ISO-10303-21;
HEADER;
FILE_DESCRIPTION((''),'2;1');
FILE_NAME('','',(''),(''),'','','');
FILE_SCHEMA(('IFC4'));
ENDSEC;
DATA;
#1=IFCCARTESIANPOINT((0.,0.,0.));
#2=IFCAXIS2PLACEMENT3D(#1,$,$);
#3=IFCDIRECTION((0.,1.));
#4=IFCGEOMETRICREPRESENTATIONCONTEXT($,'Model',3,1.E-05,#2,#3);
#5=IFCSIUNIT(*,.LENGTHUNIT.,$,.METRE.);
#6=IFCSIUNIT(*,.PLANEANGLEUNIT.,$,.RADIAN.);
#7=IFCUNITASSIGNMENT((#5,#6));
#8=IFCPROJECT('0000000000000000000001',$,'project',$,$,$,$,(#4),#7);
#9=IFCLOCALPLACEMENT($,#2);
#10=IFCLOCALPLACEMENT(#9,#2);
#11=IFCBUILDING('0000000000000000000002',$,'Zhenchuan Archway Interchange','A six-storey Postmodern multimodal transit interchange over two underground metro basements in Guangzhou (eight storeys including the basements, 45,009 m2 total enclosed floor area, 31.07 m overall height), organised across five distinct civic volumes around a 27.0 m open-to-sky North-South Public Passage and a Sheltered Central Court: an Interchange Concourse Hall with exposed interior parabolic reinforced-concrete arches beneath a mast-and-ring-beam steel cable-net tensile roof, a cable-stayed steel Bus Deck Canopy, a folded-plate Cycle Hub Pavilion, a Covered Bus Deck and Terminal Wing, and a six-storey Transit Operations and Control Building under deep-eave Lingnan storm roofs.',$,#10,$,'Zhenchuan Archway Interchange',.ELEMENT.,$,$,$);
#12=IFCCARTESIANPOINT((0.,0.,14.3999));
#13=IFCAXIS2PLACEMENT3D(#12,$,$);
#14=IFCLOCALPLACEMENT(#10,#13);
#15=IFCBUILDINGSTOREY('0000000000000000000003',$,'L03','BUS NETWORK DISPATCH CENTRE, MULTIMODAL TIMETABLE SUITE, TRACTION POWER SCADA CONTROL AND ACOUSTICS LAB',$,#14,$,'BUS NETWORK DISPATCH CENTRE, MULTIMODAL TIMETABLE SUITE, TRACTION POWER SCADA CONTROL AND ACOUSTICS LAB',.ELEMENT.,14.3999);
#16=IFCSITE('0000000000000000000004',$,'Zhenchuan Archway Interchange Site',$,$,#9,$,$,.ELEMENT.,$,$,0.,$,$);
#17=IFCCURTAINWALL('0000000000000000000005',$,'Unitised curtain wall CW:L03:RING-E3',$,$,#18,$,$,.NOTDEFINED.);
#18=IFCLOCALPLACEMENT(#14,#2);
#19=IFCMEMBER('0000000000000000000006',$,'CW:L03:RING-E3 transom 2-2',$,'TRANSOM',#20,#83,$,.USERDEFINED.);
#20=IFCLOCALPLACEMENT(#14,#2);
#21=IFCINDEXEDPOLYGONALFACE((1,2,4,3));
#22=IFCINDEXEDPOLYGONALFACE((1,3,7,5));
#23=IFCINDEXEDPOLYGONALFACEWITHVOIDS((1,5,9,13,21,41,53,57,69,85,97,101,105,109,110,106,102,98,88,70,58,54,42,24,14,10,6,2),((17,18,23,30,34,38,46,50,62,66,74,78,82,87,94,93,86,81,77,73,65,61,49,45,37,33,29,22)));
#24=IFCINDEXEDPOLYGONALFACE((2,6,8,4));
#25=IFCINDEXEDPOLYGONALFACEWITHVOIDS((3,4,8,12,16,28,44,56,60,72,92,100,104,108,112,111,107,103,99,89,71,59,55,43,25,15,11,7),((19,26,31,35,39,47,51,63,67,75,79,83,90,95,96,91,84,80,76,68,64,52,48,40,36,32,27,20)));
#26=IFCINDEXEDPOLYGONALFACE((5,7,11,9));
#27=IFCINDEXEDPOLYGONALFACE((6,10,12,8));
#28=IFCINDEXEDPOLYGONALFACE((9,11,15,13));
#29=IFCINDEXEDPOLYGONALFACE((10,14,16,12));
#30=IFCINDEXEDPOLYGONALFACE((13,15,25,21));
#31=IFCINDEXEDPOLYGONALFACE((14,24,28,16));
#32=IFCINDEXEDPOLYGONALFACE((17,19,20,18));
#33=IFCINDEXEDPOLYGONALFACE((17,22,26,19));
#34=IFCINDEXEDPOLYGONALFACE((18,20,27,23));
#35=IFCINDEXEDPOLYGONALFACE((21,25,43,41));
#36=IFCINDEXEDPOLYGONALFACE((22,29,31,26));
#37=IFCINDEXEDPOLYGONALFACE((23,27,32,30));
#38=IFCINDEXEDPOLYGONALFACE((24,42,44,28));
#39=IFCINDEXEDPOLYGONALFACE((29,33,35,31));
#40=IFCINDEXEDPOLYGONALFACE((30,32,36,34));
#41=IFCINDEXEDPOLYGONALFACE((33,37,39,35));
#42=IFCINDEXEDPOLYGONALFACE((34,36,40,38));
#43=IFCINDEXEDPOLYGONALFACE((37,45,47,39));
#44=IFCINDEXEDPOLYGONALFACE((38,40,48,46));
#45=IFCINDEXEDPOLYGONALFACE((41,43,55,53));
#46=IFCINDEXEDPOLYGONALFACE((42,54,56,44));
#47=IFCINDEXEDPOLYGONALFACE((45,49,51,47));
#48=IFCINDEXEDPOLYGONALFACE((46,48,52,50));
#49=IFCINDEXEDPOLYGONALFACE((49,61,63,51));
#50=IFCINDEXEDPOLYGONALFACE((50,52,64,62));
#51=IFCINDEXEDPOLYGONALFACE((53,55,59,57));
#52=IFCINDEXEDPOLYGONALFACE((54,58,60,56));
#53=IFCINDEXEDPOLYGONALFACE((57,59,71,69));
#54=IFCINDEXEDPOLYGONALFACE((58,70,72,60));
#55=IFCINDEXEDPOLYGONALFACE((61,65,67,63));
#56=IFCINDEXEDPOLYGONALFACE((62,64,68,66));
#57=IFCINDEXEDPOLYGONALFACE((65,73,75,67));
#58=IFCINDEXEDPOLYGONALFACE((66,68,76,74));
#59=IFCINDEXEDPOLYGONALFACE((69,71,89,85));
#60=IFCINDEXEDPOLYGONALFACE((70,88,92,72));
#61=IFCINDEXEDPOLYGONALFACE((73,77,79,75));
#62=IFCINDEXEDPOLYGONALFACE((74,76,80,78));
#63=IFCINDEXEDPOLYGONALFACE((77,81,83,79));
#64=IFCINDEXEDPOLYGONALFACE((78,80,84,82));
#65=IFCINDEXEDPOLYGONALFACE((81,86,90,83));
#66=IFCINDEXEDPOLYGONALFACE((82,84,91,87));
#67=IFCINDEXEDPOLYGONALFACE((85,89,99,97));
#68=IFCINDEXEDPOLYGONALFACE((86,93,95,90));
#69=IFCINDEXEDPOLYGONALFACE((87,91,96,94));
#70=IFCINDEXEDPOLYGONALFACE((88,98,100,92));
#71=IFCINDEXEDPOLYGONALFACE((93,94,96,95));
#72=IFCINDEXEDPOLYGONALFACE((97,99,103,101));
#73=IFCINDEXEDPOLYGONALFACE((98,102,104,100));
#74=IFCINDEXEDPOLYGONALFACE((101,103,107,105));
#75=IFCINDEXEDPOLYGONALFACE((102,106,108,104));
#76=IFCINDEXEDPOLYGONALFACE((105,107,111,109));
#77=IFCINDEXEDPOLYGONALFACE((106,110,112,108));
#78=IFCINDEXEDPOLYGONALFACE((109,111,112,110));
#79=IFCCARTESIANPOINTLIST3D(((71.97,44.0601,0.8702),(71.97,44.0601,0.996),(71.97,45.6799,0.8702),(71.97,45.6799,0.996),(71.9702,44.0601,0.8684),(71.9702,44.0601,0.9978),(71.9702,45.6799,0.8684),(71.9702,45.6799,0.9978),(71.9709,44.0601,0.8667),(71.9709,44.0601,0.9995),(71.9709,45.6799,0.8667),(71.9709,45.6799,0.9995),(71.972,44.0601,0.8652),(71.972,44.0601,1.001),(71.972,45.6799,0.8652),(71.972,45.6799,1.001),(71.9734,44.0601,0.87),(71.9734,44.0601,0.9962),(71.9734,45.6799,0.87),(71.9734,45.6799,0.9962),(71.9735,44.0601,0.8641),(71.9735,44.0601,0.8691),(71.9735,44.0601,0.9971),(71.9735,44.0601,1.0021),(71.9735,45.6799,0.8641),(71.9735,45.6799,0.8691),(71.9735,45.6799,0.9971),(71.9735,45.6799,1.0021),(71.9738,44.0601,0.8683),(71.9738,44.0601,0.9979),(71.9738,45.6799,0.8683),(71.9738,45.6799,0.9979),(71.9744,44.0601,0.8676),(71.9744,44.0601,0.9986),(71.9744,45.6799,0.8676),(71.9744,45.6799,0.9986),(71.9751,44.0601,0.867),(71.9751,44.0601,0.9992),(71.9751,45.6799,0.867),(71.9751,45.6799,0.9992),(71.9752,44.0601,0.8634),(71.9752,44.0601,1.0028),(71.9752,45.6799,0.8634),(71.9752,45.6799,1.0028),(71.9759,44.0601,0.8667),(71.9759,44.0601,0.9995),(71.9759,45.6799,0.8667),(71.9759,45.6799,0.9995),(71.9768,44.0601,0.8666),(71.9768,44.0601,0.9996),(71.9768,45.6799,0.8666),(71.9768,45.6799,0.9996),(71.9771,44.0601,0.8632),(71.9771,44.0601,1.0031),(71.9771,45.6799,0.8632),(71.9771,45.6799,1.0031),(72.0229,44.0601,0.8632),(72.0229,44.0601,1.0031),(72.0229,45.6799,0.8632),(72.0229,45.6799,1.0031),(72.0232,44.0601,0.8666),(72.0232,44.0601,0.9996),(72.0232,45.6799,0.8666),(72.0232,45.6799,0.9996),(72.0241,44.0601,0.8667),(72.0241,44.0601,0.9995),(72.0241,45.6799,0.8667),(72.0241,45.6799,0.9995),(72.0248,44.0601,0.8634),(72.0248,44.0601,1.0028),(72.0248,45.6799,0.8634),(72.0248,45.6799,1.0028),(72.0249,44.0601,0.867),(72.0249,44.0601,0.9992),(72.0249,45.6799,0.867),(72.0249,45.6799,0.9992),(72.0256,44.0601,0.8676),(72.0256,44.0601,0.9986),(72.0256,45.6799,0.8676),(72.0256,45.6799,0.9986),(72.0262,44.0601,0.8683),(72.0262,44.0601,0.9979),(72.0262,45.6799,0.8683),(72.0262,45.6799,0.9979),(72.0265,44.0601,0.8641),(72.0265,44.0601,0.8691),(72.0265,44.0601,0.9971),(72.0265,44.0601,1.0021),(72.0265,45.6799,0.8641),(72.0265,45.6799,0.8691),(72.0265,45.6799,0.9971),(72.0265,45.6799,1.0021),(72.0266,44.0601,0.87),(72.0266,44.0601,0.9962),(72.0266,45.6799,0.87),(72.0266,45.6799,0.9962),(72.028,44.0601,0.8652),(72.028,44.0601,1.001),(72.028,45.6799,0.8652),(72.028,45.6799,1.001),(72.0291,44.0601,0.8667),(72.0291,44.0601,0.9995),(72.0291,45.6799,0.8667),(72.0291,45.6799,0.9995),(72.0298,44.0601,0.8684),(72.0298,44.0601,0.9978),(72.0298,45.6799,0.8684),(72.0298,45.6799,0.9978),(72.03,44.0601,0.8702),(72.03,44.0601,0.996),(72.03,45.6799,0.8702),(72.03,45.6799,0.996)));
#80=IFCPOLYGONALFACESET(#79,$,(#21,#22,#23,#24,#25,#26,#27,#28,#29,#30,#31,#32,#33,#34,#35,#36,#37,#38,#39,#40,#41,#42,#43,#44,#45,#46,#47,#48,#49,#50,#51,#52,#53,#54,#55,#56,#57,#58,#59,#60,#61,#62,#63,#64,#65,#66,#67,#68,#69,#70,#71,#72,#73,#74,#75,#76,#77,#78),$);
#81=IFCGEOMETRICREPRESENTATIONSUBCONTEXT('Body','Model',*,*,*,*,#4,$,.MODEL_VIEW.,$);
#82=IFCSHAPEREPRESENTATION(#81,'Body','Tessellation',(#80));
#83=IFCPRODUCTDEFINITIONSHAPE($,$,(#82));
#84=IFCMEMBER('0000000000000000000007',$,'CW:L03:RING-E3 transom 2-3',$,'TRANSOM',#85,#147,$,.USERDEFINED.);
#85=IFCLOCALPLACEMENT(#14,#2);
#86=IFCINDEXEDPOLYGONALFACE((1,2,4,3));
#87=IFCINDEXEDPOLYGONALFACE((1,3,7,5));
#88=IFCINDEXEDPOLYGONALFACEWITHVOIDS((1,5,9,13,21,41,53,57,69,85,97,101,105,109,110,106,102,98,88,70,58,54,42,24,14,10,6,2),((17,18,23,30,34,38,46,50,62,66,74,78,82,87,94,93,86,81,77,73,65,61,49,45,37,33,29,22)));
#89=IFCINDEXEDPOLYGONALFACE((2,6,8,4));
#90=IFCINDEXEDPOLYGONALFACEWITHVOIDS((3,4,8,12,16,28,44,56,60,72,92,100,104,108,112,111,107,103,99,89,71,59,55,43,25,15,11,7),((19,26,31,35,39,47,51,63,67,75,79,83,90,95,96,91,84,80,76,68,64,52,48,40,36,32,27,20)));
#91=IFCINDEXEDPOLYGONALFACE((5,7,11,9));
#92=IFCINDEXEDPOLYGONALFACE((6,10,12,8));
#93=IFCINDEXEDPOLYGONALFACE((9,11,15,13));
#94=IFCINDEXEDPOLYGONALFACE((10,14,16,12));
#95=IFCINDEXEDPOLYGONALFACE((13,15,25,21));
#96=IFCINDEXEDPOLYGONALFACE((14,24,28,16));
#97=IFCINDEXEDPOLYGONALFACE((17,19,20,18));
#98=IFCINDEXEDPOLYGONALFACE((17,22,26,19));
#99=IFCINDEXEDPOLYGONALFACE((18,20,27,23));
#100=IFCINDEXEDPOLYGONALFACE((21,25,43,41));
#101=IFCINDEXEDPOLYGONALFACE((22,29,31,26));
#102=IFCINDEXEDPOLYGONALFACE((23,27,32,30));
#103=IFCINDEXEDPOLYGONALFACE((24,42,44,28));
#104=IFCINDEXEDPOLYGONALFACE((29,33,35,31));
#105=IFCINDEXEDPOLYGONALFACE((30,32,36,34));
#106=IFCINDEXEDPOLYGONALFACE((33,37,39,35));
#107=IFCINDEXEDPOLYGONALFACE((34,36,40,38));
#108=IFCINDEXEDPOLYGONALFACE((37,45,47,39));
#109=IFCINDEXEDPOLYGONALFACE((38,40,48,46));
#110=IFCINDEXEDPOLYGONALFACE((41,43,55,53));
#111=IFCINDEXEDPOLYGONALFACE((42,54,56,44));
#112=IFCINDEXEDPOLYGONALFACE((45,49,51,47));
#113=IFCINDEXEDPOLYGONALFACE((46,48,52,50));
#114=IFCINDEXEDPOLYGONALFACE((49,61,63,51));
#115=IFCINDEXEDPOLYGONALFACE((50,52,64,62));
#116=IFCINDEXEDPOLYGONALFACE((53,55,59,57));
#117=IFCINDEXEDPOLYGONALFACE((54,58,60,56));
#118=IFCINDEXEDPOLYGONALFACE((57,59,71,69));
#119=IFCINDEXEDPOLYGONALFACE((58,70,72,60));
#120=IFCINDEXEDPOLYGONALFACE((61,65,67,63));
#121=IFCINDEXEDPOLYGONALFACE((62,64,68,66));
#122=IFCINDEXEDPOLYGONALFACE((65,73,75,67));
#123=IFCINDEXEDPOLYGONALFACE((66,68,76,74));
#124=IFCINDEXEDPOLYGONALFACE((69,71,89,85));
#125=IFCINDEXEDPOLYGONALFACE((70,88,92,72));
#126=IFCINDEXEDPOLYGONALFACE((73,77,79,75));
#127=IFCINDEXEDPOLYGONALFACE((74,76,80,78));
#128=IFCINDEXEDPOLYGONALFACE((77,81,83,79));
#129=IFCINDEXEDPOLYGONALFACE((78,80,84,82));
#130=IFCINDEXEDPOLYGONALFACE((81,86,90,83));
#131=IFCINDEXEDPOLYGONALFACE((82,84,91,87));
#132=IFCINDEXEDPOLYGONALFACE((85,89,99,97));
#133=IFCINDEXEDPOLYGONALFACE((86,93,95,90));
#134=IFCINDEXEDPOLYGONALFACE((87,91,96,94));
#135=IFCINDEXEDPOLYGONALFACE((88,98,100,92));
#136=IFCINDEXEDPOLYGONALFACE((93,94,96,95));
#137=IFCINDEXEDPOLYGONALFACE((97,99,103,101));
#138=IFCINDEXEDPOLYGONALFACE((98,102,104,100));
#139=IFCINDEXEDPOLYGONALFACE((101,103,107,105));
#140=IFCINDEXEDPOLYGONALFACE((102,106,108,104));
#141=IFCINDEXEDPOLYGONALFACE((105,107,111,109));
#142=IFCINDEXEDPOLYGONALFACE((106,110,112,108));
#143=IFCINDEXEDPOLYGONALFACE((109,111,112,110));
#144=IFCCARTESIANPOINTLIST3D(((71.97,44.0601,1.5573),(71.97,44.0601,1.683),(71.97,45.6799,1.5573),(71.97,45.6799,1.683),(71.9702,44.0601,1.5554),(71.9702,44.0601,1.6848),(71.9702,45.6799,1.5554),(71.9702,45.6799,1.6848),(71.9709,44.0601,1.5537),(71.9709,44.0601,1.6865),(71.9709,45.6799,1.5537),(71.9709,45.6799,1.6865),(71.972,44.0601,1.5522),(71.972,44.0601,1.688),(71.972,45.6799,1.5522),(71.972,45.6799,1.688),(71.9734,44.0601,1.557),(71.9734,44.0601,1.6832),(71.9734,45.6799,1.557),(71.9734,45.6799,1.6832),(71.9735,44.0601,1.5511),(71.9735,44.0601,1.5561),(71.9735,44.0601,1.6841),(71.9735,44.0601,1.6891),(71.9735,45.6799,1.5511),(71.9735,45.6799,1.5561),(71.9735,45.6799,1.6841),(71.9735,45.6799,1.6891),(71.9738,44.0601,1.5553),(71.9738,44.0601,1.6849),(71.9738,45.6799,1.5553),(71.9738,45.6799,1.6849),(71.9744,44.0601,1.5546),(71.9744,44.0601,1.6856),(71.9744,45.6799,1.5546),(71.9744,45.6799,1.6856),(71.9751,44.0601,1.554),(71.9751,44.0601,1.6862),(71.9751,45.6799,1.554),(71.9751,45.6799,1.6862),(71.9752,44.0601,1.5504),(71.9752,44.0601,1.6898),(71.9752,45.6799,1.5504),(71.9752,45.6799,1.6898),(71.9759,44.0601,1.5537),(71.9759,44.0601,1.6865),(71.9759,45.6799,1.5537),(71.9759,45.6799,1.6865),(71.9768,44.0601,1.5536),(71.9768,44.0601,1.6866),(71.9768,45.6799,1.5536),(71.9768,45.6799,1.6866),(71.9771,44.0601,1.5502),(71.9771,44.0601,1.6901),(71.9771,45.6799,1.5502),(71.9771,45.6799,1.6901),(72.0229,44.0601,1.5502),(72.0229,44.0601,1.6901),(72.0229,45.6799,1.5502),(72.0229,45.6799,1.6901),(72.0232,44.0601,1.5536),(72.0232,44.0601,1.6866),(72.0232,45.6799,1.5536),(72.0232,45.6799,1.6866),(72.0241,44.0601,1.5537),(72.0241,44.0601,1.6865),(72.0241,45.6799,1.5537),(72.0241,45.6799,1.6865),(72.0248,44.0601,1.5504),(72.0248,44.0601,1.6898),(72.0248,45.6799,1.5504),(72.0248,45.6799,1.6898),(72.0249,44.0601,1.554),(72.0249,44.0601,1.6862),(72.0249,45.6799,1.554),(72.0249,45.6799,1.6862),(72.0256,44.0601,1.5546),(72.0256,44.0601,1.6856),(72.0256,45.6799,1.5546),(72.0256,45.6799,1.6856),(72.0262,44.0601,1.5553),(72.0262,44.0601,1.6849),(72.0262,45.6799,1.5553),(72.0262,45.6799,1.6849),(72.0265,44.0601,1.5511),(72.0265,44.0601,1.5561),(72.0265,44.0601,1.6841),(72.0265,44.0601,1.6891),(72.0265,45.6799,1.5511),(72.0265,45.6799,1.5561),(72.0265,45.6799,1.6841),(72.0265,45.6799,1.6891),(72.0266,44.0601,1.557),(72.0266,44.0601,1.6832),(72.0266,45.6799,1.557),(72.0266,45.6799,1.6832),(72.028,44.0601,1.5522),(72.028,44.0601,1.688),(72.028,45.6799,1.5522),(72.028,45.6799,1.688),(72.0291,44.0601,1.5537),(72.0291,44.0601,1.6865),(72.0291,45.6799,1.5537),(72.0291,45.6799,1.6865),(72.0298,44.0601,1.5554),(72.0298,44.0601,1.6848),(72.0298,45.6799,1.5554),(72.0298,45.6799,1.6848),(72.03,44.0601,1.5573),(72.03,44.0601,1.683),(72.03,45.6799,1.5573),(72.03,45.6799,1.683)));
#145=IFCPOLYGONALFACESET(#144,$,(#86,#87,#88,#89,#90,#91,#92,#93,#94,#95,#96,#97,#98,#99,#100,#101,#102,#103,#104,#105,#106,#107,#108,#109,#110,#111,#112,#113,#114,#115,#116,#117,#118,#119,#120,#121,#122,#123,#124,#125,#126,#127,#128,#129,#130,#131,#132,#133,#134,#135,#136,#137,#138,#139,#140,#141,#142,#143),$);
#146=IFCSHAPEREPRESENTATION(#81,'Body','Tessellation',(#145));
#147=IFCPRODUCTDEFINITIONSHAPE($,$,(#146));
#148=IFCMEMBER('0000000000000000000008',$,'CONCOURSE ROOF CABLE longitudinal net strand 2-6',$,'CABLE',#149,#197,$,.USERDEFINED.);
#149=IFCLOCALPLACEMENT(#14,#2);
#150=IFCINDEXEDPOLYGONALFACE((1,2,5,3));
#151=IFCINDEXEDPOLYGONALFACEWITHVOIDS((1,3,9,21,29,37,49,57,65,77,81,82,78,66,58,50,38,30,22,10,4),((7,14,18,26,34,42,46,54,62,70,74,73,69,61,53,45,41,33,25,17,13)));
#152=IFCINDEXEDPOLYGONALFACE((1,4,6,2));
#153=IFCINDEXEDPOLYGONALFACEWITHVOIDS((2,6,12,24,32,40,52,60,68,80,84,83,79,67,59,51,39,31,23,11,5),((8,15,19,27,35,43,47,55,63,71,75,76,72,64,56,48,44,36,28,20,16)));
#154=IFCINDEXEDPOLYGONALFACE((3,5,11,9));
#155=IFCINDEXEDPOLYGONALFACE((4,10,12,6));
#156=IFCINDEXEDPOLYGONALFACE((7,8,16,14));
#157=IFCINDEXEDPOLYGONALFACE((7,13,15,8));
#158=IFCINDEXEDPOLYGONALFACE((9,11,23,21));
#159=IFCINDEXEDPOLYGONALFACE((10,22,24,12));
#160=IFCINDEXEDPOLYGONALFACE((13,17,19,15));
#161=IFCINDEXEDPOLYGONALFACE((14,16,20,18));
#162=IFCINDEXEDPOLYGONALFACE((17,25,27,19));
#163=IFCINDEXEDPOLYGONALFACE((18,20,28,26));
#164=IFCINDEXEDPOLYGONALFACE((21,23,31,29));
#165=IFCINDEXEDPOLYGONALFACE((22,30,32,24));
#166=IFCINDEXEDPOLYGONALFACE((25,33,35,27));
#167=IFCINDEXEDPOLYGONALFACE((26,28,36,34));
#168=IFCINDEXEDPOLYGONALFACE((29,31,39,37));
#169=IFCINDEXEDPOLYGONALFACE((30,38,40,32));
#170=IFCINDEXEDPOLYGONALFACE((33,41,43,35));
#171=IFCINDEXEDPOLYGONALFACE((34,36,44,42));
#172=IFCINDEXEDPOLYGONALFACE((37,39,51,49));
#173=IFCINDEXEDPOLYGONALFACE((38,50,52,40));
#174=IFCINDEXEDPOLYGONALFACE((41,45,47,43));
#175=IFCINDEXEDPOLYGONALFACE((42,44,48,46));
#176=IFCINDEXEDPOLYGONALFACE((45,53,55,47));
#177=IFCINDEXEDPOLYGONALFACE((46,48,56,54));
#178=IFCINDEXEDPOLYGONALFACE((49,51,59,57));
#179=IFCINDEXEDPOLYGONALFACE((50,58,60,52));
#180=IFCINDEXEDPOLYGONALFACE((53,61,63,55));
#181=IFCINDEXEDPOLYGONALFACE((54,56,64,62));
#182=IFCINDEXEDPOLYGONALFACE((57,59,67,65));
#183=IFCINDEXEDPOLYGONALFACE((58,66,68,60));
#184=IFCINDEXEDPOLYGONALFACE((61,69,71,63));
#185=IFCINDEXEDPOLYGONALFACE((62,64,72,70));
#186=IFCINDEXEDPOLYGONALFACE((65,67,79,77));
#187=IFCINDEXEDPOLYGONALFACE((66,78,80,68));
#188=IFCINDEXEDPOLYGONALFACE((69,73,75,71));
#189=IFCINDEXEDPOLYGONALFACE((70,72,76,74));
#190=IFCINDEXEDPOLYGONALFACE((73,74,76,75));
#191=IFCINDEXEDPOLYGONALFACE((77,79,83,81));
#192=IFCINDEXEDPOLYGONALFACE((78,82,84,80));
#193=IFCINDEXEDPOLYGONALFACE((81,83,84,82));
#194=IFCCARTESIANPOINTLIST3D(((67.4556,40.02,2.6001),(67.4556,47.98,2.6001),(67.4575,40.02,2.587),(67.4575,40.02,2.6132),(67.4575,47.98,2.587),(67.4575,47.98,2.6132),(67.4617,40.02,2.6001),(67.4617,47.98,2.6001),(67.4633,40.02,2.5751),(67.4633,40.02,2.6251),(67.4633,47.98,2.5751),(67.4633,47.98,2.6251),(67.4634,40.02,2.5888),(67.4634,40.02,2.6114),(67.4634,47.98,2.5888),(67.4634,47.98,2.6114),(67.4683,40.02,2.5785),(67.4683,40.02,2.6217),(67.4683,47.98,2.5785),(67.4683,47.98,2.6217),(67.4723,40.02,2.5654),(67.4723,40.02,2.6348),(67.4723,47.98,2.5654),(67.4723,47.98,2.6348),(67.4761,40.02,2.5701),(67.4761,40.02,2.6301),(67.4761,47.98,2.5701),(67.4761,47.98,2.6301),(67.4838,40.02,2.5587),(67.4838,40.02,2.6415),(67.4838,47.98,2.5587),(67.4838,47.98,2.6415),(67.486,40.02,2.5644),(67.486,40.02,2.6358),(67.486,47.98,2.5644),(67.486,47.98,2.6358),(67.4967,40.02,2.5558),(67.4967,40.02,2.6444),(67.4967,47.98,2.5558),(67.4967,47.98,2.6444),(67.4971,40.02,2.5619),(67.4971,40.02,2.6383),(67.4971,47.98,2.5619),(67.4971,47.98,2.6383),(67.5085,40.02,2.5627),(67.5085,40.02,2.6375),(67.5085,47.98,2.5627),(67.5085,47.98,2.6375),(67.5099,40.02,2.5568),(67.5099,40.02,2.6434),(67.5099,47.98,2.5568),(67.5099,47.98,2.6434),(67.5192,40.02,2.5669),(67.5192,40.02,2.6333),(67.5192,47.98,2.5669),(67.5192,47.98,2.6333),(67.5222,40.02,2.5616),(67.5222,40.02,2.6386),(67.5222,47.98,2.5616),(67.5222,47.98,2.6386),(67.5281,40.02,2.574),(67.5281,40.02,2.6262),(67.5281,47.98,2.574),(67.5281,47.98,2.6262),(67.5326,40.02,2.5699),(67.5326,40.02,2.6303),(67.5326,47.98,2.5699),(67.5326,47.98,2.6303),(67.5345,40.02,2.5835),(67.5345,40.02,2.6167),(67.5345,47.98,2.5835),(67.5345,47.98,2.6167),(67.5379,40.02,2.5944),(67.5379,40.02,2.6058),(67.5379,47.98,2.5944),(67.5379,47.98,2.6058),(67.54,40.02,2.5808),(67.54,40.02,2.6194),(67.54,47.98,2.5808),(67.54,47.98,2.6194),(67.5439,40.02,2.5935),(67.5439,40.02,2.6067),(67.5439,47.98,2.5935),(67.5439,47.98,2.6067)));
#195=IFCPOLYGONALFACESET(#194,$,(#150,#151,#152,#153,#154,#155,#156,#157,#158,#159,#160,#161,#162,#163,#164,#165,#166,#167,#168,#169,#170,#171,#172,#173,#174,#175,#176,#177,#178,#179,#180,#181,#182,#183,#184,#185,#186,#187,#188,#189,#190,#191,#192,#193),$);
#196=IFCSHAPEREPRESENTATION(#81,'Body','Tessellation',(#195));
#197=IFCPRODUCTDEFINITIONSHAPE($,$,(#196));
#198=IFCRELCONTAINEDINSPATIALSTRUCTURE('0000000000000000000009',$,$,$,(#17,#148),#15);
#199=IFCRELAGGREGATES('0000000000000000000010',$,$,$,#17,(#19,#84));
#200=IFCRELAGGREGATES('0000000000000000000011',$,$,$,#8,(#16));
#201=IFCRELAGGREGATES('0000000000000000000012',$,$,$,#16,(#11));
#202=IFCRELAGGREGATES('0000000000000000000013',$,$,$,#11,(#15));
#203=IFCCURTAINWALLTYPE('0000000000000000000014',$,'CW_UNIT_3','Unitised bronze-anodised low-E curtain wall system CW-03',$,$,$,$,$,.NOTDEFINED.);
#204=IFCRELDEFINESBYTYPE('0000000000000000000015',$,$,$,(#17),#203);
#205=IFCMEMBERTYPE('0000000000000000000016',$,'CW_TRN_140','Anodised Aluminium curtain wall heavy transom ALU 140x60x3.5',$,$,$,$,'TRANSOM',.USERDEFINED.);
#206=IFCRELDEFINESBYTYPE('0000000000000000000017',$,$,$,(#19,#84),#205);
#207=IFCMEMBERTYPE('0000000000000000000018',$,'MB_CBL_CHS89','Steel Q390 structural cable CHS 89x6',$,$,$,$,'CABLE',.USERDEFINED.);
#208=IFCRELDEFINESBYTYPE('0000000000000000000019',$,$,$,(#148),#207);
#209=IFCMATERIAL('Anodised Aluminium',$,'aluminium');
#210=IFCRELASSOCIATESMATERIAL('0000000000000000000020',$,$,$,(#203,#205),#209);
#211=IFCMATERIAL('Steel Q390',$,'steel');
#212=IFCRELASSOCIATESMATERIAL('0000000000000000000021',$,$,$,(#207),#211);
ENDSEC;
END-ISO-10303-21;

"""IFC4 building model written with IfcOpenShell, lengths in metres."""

from ifc_helpers import new_model, si_unit, direction, frame, origin, origin_2d, place, context, subcontext, project, spatial, hollow_rectangle, hollow_circle, extrude, material, material_profile, profile_set, type_object, element, aggregate, save


model = new_model("IFC4")

# Units and contexts
model_context = context("Model", 3, precision=1e-05, world=origin(), true_north=direction((0.0, 1.0)))
body_context = subcontext(model_context, "Body", "Model", "MODEL_VIEW")
ifc_project = project(units=[si_unit("LENGTHUNIT", "METRE"), si_unit("PLANEANGLEUNIT", "RADIAN")], contexts=[model_context])

# Site, building, storey
site_placement = place(None, origin())
site = spatial("IfcSite", under=ifc_project, at=site_placement, Name="Zhenchuan Archway Interchange Site", CompositionType="ELEMENT", RefElevation=0.0)
building_placement = place(site_placement, origin())
building = spatial("IfcBuilding", under=site, at=building_placement, Name="Zhenchuan Archway Interchange", Description="A six-storey Postmodern multimodal transit interchange over two underground metro basements in Guangzhou (eight storeys including the basements, 45,009 m2 total enclosed floor area, 31.07 m overall height), organised across five distinct civic volumes around a 27.0 m open-to-sky North-South Public Passage and a Sheltered Central Court: an Interchange Concourse Hall with exposed interior parabolic reinforced-concrete arches beneath a mast-and-ring-beam steel cable-net tensile roof, a cable-stayed steel Bus Deck Canopy, a folded-plate Cycle Hub Pavilion, a Covered Bus Deck and Terminal Wing, and a six-storey Transit Operations and Control Building under deep-eave Lingnan storm roofs.", LongName="Zhenchuan Archway Interchange", CompositionType="ELEMENT")
storey_placement = place(building_placement, frame((0.0, 0.0, 14.3999)))
storey = spatial("IfcBuildingStorey", under=building, at=storey_placement, Name="L03", Description="BUS NETWORK DISPATCH CENTRE, MULTIMODAL TIMETABLE SUITE, TRACTION POWER SCADA CONTROL AND ACOUSTICS LAB", LongName="BUS NETWORK DISPATCH CENTRE, MULTIMODAL TIMETABLE SUITE, TRACTION POWER SCADA CONTROL AND ACOUSTICS LAB", CompositionType="ELEMENT", Elevation=14.3999)

# Shared definitions
ifc_material_1 = material(Name="Steel Q390", Category="steel")

# Curtain wall
ifc_material_2 = material(Name="Anodised Aluminium", Category="aluminium")
curtain_wall_type = type_object("IfcCurtainWallType", Name="CW_UNIT_3", Description="Unitised bronze-anodised low-E curtain wall system CW-03", PredefinedType="NOTDEFINED", material=ifc_material_2)
curtain_wall_1_placement = place(storey_placement, origin())
curtain_wall_1 = element("IfcCurtainWall", 1, at=curtain_wall_1_placement, inside=storey, type_object=curtain_wall_type, Name="Unitised curtain wall CW:L03:RING-E3", PredefinedType="NOTDEFINED")

# Members
ifc_material_profile_1 = material_profile(ifc_material_2, hollow_rectangle(XDim=0.0601, YDim=0.1399, WallThickness=0.0034, InnerFilletRadius=0.0034, OuterFilletRadius=0.0071, at=origin_2d()), Name="ALU 140x60x3.5")
ifc_profile_set_1 = profile_set([ifc_material_profile_1], Name="Anodised Aluminium")
member_type_1 = type_object("IfcMemberType", Name="CW_TRN_140", Description="Anodised Aluminium curtain wall heavy transom ALU 140x60x3.5", ElementType="TRANSOM", PredefinedType="USERDEFINED", material=ifc_profile_set_1)
member_1_placement = place(storey_placement, frame((72.0, 44.0601, 0.9331), z_axis=(0.0, 1.0, 0.0), x_axis=(-1.0, 0.0, 0.0)))
member_1 = element("IfcMember", 2, at=member_1_placement, type_object=member_type_1, Name="CW:L03:RING-E3 transom 2-2", ObjectType="TRANSOM", PredefinedType="USERDEFINED", context=body_context, shape_type="SweptSolid", body=[
    extrude(hollow_rectangle(XDim=0.0601, YDim=0.1399, WallThickness=0.0034, InnerFilletRadius=0.0034, OuterFilletRadius=0.0071, at=origin_2d()), origin(), (0.0, 0.0, 1.0), 1.6199),
])
member_2_placement = place(storey_placement, frame((72.0, 44.0601, 1.6201), z_axis=(0.0, 1.0, 0.0), x_axis=(-1.0, 0.0, 0.0)))
member_2 = element("IfcMember", 3, at=member_2_placement, type_object=member_type_1, Name="CW:L03:RING-E3 transom 2-3", ObjectType="TRANSOM", PredefinedType="USERDEFINED", context=body_context, shape_type="SweptSolid", body=[
    extrude(hollow_rectangle(XDim=0.0601, YDim=0.1399, WallThickness=0.0034, InnerFilletRadius=0.0034, OuterFilletRadius=0.0071, at=origin_2d()), origin(), (0.0, 0.0, 1.0), 1.6199),
])
ifc_material_profile_2 = material_profile(ifc_material_1, hollow_circle(Radius=0.0444, WallThickness=0.0061, at=origin_2d()), Name="CHS 89x6")
ifc_profile_set_2 = profile_set([ifc_material_profile_2], Name="Steel Q390")
member_type_2 = type_object("IfcMemberType", Name="MB_CBL_CHS89", Description="Steel Q390 structural cable CHS 89x6", ElementType="CABLE", PredefinedType="USERDEFINED", material=ifc_profile_set_2)
member_3_placement = place(storey_placement, frame((67.5, 40.02, 2.6001), z_axis=(0.0, 1.0, 0.0), x_axis=(-1.0, 0.0, 0.0)))
element("IfcMember", 4, at=member_3_placement, inside=storey, type_object=member_type_2, Name="CONCOURSE ROOF CABLE longitudinal net strand 2-6", ObjectType="CABLE", PredefinedType="USERDEFINED", context=body_context, shape_type="SweptSolid", body=[
    extrude(hollow_circle(Radius=0.0444, WallThickness=0.0061, at=origin_2d()), origin(), (0.0, 0.0, 1.0), 7.96),
])

aggregate(curtain_wall_1, [member_1, member_2])

save(model, "model.ifc")
